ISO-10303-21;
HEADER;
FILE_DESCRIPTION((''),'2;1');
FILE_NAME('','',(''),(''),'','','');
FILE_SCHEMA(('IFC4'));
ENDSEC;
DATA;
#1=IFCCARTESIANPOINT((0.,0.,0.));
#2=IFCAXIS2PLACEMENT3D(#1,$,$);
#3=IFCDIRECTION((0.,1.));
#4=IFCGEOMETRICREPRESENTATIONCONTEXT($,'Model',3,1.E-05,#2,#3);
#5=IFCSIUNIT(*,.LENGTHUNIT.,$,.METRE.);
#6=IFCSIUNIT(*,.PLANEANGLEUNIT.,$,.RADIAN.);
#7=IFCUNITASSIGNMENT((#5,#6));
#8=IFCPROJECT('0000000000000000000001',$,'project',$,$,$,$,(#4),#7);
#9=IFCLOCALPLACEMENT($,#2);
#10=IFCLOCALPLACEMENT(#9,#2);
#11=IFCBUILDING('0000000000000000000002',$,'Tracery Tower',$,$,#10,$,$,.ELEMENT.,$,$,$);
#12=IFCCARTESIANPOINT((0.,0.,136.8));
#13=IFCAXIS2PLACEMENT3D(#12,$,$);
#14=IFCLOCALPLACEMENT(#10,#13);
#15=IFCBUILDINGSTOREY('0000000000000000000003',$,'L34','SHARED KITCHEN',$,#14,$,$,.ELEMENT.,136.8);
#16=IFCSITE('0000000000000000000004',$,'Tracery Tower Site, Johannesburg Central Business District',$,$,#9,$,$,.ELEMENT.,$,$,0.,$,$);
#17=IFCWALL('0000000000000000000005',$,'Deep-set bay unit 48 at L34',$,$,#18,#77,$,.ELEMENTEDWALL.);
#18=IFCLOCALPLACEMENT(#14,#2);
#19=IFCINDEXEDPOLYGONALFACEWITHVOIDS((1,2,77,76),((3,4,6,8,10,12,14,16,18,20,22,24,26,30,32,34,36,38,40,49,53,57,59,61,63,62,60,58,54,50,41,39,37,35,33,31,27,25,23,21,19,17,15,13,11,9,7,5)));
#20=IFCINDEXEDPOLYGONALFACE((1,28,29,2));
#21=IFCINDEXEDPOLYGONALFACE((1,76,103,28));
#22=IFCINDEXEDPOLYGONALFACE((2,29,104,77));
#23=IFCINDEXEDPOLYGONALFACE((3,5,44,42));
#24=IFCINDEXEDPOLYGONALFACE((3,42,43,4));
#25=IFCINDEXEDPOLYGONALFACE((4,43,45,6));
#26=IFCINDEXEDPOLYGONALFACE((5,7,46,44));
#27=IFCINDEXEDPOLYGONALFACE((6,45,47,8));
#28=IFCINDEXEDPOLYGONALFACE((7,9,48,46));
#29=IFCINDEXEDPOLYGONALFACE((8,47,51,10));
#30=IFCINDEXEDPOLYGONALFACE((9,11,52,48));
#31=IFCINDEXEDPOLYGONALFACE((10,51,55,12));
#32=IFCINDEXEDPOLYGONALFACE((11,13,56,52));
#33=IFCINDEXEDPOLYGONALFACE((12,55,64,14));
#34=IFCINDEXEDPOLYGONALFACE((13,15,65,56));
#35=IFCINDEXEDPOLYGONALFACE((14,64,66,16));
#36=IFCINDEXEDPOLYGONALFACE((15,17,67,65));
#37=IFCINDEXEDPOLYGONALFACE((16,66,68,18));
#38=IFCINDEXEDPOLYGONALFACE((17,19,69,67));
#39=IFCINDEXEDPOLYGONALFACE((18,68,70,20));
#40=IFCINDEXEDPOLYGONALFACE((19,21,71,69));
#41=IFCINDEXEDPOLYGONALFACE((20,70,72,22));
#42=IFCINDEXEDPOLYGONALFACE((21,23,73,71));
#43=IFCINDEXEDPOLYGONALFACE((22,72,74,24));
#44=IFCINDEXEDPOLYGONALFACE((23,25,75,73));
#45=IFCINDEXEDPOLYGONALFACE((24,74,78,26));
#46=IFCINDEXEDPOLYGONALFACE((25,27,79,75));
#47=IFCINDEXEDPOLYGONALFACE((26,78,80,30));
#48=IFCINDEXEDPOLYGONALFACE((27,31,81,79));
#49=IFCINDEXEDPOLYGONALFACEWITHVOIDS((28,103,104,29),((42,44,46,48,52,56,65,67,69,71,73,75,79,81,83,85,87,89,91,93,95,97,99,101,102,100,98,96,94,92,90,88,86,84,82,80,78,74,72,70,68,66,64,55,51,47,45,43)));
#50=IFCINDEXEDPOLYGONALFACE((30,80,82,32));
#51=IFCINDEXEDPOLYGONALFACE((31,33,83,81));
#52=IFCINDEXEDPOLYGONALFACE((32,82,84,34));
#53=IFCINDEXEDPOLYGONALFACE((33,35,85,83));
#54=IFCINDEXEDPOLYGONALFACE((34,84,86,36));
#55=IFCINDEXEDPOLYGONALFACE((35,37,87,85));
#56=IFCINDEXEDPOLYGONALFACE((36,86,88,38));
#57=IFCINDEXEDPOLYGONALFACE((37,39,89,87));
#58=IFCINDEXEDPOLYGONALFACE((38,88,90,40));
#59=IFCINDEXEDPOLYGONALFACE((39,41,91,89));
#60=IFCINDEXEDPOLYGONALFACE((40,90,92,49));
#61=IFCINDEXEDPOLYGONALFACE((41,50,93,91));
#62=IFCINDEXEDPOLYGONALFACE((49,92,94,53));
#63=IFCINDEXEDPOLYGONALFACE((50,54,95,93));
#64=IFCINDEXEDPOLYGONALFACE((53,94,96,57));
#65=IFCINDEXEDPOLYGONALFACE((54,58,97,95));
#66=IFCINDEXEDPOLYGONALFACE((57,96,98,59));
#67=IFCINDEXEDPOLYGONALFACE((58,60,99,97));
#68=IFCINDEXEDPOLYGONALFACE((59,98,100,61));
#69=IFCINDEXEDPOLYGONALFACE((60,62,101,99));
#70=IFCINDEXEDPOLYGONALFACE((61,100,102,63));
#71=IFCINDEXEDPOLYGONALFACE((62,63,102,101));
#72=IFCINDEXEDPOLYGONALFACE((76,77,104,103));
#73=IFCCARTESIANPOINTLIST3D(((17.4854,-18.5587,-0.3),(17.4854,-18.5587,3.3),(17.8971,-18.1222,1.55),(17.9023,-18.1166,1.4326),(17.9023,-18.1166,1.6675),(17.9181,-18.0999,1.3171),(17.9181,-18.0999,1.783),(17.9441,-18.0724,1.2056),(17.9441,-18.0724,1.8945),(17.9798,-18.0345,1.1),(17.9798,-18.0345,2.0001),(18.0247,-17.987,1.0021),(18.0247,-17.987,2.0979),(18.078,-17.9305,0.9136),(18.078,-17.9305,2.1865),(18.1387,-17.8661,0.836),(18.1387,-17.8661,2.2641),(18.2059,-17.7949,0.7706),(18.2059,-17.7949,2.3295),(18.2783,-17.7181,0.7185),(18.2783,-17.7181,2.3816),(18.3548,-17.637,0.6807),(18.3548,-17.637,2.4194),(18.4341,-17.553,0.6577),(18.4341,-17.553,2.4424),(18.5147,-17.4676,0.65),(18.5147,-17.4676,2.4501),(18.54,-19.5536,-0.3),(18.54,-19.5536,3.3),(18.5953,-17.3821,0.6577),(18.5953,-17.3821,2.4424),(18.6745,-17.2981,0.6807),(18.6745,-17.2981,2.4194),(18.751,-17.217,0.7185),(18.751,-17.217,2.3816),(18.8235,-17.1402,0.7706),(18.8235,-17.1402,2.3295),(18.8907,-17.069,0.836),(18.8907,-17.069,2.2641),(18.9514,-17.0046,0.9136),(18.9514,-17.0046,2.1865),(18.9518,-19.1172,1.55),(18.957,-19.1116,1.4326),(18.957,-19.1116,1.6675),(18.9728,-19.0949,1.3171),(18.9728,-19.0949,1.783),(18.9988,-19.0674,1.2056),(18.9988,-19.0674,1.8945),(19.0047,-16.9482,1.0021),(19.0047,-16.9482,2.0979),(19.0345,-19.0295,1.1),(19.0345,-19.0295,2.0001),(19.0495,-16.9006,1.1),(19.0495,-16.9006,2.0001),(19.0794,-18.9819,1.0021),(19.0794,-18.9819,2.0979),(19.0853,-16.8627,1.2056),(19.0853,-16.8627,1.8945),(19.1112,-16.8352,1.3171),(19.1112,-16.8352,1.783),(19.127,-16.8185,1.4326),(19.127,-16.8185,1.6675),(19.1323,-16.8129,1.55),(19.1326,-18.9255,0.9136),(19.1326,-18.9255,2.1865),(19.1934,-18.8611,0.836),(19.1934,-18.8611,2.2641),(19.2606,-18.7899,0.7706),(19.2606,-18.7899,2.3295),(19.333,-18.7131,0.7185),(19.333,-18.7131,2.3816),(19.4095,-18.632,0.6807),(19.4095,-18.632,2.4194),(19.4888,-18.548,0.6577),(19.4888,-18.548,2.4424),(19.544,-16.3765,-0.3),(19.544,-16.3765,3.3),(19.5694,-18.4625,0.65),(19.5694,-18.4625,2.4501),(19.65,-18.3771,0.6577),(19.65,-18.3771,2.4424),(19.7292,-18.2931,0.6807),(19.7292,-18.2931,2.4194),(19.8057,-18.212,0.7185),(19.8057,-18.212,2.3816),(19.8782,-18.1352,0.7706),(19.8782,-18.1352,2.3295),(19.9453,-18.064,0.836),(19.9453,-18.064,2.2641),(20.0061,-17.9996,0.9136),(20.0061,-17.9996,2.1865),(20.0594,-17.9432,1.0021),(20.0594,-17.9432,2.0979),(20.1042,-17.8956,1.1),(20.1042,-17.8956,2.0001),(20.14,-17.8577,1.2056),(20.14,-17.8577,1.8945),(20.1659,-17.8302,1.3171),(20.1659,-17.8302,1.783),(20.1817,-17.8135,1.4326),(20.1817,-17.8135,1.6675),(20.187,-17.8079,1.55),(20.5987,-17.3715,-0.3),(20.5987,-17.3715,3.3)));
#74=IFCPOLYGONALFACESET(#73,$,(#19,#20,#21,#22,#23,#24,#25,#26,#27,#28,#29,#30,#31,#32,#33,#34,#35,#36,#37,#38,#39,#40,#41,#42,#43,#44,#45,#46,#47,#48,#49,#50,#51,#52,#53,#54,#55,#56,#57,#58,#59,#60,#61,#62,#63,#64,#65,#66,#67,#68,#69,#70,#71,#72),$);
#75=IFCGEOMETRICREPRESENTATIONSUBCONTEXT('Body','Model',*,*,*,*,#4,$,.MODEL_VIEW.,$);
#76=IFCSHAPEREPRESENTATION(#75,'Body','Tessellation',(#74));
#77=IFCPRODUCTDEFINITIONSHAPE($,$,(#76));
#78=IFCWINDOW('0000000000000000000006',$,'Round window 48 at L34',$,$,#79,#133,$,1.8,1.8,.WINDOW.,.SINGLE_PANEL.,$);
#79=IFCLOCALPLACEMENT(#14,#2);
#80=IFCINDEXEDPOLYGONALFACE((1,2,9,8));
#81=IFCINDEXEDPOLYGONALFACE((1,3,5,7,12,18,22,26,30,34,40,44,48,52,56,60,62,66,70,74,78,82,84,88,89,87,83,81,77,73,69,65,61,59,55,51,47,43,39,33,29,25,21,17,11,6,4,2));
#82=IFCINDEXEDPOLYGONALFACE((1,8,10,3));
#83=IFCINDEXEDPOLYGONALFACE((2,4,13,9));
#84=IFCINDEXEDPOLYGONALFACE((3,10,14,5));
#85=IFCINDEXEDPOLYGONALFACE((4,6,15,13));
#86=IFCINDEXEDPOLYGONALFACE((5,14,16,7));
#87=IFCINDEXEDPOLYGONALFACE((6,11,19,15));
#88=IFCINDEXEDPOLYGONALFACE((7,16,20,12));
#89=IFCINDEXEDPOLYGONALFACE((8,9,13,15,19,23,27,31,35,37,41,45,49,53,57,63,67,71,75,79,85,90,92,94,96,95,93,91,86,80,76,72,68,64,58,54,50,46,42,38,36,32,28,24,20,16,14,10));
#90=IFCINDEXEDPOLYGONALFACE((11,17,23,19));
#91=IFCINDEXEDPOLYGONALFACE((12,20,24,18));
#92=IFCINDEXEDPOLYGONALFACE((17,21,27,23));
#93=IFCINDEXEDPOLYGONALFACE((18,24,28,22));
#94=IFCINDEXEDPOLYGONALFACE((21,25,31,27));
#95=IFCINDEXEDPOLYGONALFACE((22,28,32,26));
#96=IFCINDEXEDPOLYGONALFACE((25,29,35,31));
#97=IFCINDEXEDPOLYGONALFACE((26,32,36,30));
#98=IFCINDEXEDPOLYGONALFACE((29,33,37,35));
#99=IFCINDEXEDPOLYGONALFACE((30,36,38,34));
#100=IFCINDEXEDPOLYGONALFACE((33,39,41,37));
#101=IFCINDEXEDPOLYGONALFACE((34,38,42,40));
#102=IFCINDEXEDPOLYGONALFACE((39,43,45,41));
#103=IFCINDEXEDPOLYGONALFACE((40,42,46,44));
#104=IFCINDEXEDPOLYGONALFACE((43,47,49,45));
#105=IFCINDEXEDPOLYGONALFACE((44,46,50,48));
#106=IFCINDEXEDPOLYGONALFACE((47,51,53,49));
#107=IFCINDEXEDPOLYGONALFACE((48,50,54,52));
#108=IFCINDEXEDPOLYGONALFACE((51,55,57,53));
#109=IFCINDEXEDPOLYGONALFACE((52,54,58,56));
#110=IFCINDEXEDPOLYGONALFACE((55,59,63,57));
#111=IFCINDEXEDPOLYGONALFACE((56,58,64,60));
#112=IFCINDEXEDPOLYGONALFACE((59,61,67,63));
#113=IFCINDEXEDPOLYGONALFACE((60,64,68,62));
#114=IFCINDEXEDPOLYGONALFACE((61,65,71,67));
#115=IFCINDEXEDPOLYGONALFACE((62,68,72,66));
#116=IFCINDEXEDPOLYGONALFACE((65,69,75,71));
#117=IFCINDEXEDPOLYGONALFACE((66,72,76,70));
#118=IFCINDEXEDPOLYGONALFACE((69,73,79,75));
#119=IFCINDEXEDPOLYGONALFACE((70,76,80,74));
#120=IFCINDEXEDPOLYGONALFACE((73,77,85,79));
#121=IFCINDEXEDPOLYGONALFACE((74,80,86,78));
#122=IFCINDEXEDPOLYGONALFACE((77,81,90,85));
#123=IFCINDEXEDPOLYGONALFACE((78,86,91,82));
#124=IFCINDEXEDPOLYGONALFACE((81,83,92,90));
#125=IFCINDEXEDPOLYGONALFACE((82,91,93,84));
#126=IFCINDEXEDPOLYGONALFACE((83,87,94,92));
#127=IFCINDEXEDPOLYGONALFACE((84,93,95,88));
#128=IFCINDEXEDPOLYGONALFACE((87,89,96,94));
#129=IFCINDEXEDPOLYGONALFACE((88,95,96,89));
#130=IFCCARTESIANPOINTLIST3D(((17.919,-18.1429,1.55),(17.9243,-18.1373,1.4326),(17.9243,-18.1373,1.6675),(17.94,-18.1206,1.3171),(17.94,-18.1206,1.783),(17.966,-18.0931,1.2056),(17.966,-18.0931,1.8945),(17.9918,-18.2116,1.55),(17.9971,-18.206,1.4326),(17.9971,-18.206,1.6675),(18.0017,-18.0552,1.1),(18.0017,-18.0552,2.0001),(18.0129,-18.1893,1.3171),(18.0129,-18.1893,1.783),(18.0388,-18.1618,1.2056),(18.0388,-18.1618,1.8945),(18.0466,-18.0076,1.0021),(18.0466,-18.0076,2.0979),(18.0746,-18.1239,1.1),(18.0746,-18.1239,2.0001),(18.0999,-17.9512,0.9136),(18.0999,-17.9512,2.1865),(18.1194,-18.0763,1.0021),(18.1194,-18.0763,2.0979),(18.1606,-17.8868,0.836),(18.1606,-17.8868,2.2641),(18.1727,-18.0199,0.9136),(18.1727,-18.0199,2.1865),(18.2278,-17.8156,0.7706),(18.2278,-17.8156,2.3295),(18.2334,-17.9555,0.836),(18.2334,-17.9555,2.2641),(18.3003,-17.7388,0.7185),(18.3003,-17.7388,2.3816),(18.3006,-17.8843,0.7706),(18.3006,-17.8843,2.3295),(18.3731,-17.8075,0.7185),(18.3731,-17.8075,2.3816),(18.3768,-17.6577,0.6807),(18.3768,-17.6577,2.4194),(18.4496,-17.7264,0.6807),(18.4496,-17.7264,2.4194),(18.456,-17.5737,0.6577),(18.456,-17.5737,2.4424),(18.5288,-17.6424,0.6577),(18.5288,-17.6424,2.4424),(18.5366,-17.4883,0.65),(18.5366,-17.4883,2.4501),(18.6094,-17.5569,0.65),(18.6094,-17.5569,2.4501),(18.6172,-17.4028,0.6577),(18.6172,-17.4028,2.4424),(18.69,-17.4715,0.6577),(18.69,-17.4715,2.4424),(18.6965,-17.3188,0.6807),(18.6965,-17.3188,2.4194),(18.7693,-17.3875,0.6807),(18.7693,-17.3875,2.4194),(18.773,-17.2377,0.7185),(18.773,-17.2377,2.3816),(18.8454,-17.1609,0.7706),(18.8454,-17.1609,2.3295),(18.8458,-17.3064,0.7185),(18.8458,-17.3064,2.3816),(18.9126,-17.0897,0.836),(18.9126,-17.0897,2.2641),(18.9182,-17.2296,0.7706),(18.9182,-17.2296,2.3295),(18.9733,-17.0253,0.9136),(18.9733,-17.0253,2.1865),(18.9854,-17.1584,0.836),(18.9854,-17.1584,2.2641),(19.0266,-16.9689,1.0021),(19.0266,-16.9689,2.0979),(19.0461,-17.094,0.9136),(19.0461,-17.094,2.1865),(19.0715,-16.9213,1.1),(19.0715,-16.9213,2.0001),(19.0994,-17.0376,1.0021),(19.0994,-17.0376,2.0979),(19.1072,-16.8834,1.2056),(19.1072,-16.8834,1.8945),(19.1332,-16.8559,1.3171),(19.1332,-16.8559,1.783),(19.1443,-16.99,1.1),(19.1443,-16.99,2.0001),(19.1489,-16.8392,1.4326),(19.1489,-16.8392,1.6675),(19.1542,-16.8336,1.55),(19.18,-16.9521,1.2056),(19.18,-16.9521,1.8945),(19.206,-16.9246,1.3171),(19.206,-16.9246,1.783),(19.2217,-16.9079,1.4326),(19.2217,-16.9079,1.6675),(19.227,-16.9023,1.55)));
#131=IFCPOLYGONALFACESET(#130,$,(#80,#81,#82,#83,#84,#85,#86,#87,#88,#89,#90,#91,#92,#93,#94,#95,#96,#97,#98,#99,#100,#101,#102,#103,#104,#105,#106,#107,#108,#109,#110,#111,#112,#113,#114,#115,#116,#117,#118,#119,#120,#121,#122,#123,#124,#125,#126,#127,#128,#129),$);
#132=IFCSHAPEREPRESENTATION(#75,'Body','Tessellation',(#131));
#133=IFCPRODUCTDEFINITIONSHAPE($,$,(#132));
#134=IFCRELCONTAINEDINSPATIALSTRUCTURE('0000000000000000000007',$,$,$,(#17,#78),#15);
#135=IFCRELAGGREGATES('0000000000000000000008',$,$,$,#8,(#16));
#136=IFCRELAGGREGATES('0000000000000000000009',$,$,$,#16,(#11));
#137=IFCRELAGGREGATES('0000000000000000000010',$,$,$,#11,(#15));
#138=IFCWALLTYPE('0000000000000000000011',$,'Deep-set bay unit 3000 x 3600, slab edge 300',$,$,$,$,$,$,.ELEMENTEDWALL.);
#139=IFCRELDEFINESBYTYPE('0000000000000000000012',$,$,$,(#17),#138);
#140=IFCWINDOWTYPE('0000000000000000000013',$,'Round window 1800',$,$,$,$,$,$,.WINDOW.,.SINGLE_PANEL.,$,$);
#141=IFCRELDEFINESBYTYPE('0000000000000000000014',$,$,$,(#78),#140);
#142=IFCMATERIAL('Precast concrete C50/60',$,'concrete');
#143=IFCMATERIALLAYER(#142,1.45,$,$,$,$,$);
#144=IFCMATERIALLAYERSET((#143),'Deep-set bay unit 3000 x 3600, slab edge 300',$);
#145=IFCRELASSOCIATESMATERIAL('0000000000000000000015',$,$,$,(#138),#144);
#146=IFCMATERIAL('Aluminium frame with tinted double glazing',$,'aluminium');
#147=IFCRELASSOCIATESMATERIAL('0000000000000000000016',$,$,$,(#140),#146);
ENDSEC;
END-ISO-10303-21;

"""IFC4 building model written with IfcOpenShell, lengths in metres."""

from ifc_helpers import new_model, si_unit, direction, frame, frame_2d, origin, origin_2d, place, context, subcontext, project, spatial, rectangle, circle, extrude, material, layer, layer_set, type_object, element, fill, save


model = new_model("IFC4")

# Units and contexts
model_context = context("Model", 3, precision=1e-05, world=origin(), true_north=direction((0.0, 1.0)))
body_context = subcontext(model_context, "Body", "Model", "MODEL_VIEW")
ifc_project = project(units=[si_unit("LENGTHUNIT", "METRE"), si_unit("PLANEANGLEUNIT", "RADIAN")], contexts=[model_context])

# Site, building, storey
site_placement = place(None, origin())
site = spatial("IfcSite", under=ifc_project, at=site_placement, Name="Tracery Tower Site, Johannesburg Central Business District", CompositionType="ELEMENT", RefElevation=0.0)
building_placement = place(site_placement, origin())
building = spatial("IfcBuilding", under=site, at=building_placement, Name="Tracery Tower", CompositionType="ELEMENT")
storey_placement = place(building_placement, frame((0.0, 0.0, 136.8)))
storey = spatial("IfcBuildingStorey", under=building, at=storey_placement, Name="L34", Description="SHARED KITCHEN", CompositionType="ELEMENT", Elevation=136.8)

# Wall, opening, window
ifc_material_1 = material(Name="Precast concrete C50/60", Category="concrete")
ifc_layer_1 = layer(ifc_material_1, 1.45)
ifc_layer_set_1 = layer_set([ifc_layer_1], Name="Deep-set bay unit 3000 x 3600, slab edge 300")
wall_type_1 = type_object("IfcWallType", Name="Deep-set bay unit 3000 x 3600, slab edge 300", PredefinedType="ELEMENTEDWALL", material=ifc_layer_set_1)
ifc_material_2 = material(Name="Aluminium frame with tinted double glazing", Category="aluminium")
window_type = type_object("IfcWindowType", Name="Round window 1800", PartitioningType="SINGLE_PANEL", PredefinedType="WINDOW", material=ifc_material_2)
wall_1_placement = place(storey_placement, frame((18.0127, -19.0562, -0.3), z_axis=(0.0, 0.0, 1.0), x_axis=(0.686217, 0.727397, 0.0)))
wall_1 = element("IfcWall", 1, at=wall_1_placement, inside=storey, type_object=wall_type_1, Name="Deep-set bay unit 48 at L34", PredefinedType="ELEMENTEDWALL", context=body_context, shape_type="SweptSolid", body=[
    extrude(rectangle(XDim=3.0, YDim=1.45, at=frame_2d((1.5, 0.0))), origin(), (0.0, 0.0, 1.0), 3.6001),
])
opening_1_placement = place(wall_1_placement, frame((1.5, 0.0, 1.8501)))
opening_1 = element("IfcOpeningElement", 2, at=opening_1_placement, cuts=wall_1, PredefinedType="OPENING", context=body_context, shape_type="SweptSolid", body=[
    extrude(circle(Radius=0.9, at=origin_2d()), frame((0.0, 0.7349, 0.0), z_axis=(0.0, -1.0, 0.0), x_axis=(1.0, 0.0, 0.0)), (0.0, 0.0, 1.0), 1.47),
])
window_1_placement = place(opening_1_placement, origin())
window_1 = element("IfcWindow", 3, at=window_1_placement, inside=storey, type_object=window_type, Name="Round window 48 at L34", OverallHeight=1.8, OverallWidth=1.8, PartitioningType="SINGLE_PANEL", PredefinedType="WINDOW", context=body_context, shape_type="SweptSolid", body=[
    extrude(circle(Radius=0.9, at=origin_2d()), frame((0.0, 0.6948, 0.0), z_axis=(0.0, -1.0, 0.0), x_axis=(1.0, 0.0, 0.0)), (0.0, 0.0, 1.0), 0.1001),
])
fill(opening_1, window_1)

save(model, "model.ifc")
